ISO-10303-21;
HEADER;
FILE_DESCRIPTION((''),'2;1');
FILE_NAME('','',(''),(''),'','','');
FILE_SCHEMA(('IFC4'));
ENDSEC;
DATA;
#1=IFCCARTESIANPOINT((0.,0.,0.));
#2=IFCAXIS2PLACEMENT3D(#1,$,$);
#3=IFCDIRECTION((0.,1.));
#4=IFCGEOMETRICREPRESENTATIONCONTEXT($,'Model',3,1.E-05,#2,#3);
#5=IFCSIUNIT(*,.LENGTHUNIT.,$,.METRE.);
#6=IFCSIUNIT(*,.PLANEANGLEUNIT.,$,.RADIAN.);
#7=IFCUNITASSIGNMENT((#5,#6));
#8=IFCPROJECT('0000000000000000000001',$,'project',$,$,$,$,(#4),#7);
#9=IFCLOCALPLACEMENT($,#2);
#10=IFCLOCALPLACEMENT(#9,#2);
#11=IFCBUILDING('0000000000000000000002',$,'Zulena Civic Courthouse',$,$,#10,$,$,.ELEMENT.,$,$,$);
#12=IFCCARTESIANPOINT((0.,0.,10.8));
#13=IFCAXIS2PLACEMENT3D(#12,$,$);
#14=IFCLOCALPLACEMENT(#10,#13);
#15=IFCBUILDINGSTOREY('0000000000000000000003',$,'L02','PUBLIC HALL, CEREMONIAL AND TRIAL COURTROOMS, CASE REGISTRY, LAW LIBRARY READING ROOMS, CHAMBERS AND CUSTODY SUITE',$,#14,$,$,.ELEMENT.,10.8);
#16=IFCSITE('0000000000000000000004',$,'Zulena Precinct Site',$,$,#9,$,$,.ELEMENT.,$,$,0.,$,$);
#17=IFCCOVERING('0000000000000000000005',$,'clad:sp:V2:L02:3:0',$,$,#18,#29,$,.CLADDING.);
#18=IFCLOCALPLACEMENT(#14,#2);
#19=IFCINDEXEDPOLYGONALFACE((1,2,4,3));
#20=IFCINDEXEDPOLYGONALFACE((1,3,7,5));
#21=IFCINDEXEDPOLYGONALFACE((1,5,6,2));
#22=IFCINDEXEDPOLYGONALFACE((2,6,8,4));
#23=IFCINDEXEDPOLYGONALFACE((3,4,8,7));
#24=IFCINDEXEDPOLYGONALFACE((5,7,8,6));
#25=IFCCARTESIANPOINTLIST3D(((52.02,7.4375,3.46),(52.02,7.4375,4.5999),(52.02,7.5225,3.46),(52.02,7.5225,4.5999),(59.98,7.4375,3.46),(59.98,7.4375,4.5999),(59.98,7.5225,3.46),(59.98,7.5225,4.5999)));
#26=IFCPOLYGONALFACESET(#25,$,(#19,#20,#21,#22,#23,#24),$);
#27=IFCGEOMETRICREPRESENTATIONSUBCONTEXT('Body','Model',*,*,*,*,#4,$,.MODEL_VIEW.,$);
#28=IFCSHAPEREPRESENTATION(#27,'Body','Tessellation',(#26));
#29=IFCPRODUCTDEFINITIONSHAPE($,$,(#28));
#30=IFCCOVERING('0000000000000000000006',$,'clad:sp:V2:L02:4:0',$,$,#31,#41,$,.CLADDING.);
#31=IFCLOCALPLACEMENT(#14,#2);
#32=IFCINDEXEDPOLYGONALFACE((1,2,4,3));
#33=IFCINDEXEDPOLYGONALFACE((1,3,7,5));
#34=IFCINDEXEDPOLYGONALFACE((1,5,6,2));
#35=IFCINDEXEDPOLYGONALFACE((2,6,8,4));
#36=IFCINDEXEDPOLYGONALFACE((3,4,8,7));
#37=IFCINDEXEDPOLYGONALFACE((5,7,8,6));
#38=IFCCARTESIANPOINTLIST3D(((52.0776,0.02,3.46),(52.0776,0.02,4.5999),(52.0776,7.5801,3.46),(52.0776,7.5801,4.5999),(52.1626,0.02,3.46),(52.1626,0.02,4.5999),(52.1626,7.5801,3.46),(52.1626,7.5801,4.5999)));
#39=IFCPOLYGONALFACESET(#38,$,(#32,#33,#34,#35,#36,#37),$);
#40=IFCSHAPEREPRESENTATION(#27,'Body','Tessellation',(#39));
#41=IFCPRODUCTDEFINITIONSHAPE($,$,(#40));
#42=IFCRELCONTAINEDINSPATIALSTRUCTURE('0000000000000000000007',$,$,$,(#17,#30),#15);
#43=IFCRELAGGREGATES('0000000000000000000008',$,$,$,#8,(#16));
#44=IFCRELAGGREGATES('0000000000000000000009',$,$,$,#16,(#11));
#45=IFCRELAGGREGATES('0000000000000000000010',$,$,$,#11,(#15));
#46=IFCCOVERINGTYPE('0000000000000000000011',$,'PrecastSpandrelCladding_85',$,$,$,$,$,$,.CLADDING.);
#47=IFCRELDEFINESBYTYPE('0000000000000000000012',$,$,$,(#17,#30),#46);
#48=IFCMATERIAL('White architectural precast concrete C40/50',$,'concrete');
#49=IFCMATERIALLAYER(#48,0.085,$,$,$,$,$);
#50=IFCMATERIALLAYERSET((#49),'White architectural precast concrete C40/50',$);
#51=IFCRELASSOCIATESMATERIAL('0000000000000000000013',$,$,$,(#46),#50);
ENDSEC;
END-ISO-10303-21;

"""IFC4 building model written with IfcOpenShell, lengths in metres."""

from ifc_helpers import new_model, si_unit, direction, frame, origin, origin_2d, place, context, subcontext, project, spatial, rectangle, extrude, material, layer, layer_set, type_object, element, save


model = new_model("IFC4")

# Units and contexts
model_context = context("Model", 3, precision=1e-05, world=origin(), true_north=direction((0.0, 1.0)))
body_context = subcontext(model_context, "Body", "Model", "MODEL_VIEW")
ifc_project = project(units=[si_unit("LENGTHUNIT", "METRE"), si_unit("PLANEANGLEUNIT", "RADIAN")], contexts=[model_context])

# Site, building, storey
site_placement = place(None, origin())
site = spatial("IfcSite", under=ifc_project, at=site_placement, Name="Zulena Precinct Site", CompositionType="ELEMENT", RefElevation=0.0)
building_placement = place(site_placement, origin())
building = spatial("IfcBuilding", under=site, at=building_placement, Name="Zulena Civic Courthouse", CompositionType="ELEMENT")
storey_placement = place(building_placement, frame((0.0, 0.0, 10.8)))
storey = spatial("IfcBuildingStorey", under=building, at=storey_placement, Name="L02", Description="PUBLIC HALL, CEREMONIAL AND TRIAL COURTROOMS, CASE REGISTRY, LAW LIBRARY READING ROOMS, CHAMBERS AND CUSTODY SUITE", CompositionType="ELEMENT", Elevation=10.8)

# Shared definitions
ifc_material_1 = material(Name="White architectural precast concrete C40/50", Category="concrete")

# Coverings
ifc_layer_1 = layer(ifc_material_1, 0.085)
ifc_layer_set_1 = layer_set([ifc_layer_1], Name="White architectural precast concrete C40/50")
covering_type = type_object("IfcCoveringType", Name="PrecastSpandrelCladding_85", PredefinedType="CLADDING", material=ifc_layer_set_1)
covering_1_placement = place(storey_placement, frame((56.0, 7.48, 3.46), z_axis=(0.0, 0.0, 1.0), x_axis=(-1.0, 0.0, 0.0)))
element("IfcCovering", 1, at=covering_1_placement, inside=storey, type_object=covering_type, Name="clad:sp:V2:L02:3:0", PredefinedType="CLADDING", context=body_context, shape_type="SweptSolid", body=[
    extrude(rectangle(XDim=7.96, YDim=0.085, at=origin_2d()), origin(), (0.0, 0.0, 1.0), 1.1399),
])
covering_2_placement = place(storey_placement, frame((52.1201, 3.8, 3.46), z_axis=(0.0, 0.0, 1.0), x_axis=(0.0, -1.0, 0.0)))
element("IfcCovering", 2, at=covering_2_placement, inside=storey, type_object=covering_type, Name="clad:sp:V2:L02:4:0", PredefinedType="CLADDING", context=body_context, shape_type="SweptSolid", body=[
    extrude(rectangle(XDim=7.5601, YDim=0.085, at=origin_2d()), origin(), (0.0, 0.0, 1.0), 1.1399),
])

save(model, "model.ifc")
